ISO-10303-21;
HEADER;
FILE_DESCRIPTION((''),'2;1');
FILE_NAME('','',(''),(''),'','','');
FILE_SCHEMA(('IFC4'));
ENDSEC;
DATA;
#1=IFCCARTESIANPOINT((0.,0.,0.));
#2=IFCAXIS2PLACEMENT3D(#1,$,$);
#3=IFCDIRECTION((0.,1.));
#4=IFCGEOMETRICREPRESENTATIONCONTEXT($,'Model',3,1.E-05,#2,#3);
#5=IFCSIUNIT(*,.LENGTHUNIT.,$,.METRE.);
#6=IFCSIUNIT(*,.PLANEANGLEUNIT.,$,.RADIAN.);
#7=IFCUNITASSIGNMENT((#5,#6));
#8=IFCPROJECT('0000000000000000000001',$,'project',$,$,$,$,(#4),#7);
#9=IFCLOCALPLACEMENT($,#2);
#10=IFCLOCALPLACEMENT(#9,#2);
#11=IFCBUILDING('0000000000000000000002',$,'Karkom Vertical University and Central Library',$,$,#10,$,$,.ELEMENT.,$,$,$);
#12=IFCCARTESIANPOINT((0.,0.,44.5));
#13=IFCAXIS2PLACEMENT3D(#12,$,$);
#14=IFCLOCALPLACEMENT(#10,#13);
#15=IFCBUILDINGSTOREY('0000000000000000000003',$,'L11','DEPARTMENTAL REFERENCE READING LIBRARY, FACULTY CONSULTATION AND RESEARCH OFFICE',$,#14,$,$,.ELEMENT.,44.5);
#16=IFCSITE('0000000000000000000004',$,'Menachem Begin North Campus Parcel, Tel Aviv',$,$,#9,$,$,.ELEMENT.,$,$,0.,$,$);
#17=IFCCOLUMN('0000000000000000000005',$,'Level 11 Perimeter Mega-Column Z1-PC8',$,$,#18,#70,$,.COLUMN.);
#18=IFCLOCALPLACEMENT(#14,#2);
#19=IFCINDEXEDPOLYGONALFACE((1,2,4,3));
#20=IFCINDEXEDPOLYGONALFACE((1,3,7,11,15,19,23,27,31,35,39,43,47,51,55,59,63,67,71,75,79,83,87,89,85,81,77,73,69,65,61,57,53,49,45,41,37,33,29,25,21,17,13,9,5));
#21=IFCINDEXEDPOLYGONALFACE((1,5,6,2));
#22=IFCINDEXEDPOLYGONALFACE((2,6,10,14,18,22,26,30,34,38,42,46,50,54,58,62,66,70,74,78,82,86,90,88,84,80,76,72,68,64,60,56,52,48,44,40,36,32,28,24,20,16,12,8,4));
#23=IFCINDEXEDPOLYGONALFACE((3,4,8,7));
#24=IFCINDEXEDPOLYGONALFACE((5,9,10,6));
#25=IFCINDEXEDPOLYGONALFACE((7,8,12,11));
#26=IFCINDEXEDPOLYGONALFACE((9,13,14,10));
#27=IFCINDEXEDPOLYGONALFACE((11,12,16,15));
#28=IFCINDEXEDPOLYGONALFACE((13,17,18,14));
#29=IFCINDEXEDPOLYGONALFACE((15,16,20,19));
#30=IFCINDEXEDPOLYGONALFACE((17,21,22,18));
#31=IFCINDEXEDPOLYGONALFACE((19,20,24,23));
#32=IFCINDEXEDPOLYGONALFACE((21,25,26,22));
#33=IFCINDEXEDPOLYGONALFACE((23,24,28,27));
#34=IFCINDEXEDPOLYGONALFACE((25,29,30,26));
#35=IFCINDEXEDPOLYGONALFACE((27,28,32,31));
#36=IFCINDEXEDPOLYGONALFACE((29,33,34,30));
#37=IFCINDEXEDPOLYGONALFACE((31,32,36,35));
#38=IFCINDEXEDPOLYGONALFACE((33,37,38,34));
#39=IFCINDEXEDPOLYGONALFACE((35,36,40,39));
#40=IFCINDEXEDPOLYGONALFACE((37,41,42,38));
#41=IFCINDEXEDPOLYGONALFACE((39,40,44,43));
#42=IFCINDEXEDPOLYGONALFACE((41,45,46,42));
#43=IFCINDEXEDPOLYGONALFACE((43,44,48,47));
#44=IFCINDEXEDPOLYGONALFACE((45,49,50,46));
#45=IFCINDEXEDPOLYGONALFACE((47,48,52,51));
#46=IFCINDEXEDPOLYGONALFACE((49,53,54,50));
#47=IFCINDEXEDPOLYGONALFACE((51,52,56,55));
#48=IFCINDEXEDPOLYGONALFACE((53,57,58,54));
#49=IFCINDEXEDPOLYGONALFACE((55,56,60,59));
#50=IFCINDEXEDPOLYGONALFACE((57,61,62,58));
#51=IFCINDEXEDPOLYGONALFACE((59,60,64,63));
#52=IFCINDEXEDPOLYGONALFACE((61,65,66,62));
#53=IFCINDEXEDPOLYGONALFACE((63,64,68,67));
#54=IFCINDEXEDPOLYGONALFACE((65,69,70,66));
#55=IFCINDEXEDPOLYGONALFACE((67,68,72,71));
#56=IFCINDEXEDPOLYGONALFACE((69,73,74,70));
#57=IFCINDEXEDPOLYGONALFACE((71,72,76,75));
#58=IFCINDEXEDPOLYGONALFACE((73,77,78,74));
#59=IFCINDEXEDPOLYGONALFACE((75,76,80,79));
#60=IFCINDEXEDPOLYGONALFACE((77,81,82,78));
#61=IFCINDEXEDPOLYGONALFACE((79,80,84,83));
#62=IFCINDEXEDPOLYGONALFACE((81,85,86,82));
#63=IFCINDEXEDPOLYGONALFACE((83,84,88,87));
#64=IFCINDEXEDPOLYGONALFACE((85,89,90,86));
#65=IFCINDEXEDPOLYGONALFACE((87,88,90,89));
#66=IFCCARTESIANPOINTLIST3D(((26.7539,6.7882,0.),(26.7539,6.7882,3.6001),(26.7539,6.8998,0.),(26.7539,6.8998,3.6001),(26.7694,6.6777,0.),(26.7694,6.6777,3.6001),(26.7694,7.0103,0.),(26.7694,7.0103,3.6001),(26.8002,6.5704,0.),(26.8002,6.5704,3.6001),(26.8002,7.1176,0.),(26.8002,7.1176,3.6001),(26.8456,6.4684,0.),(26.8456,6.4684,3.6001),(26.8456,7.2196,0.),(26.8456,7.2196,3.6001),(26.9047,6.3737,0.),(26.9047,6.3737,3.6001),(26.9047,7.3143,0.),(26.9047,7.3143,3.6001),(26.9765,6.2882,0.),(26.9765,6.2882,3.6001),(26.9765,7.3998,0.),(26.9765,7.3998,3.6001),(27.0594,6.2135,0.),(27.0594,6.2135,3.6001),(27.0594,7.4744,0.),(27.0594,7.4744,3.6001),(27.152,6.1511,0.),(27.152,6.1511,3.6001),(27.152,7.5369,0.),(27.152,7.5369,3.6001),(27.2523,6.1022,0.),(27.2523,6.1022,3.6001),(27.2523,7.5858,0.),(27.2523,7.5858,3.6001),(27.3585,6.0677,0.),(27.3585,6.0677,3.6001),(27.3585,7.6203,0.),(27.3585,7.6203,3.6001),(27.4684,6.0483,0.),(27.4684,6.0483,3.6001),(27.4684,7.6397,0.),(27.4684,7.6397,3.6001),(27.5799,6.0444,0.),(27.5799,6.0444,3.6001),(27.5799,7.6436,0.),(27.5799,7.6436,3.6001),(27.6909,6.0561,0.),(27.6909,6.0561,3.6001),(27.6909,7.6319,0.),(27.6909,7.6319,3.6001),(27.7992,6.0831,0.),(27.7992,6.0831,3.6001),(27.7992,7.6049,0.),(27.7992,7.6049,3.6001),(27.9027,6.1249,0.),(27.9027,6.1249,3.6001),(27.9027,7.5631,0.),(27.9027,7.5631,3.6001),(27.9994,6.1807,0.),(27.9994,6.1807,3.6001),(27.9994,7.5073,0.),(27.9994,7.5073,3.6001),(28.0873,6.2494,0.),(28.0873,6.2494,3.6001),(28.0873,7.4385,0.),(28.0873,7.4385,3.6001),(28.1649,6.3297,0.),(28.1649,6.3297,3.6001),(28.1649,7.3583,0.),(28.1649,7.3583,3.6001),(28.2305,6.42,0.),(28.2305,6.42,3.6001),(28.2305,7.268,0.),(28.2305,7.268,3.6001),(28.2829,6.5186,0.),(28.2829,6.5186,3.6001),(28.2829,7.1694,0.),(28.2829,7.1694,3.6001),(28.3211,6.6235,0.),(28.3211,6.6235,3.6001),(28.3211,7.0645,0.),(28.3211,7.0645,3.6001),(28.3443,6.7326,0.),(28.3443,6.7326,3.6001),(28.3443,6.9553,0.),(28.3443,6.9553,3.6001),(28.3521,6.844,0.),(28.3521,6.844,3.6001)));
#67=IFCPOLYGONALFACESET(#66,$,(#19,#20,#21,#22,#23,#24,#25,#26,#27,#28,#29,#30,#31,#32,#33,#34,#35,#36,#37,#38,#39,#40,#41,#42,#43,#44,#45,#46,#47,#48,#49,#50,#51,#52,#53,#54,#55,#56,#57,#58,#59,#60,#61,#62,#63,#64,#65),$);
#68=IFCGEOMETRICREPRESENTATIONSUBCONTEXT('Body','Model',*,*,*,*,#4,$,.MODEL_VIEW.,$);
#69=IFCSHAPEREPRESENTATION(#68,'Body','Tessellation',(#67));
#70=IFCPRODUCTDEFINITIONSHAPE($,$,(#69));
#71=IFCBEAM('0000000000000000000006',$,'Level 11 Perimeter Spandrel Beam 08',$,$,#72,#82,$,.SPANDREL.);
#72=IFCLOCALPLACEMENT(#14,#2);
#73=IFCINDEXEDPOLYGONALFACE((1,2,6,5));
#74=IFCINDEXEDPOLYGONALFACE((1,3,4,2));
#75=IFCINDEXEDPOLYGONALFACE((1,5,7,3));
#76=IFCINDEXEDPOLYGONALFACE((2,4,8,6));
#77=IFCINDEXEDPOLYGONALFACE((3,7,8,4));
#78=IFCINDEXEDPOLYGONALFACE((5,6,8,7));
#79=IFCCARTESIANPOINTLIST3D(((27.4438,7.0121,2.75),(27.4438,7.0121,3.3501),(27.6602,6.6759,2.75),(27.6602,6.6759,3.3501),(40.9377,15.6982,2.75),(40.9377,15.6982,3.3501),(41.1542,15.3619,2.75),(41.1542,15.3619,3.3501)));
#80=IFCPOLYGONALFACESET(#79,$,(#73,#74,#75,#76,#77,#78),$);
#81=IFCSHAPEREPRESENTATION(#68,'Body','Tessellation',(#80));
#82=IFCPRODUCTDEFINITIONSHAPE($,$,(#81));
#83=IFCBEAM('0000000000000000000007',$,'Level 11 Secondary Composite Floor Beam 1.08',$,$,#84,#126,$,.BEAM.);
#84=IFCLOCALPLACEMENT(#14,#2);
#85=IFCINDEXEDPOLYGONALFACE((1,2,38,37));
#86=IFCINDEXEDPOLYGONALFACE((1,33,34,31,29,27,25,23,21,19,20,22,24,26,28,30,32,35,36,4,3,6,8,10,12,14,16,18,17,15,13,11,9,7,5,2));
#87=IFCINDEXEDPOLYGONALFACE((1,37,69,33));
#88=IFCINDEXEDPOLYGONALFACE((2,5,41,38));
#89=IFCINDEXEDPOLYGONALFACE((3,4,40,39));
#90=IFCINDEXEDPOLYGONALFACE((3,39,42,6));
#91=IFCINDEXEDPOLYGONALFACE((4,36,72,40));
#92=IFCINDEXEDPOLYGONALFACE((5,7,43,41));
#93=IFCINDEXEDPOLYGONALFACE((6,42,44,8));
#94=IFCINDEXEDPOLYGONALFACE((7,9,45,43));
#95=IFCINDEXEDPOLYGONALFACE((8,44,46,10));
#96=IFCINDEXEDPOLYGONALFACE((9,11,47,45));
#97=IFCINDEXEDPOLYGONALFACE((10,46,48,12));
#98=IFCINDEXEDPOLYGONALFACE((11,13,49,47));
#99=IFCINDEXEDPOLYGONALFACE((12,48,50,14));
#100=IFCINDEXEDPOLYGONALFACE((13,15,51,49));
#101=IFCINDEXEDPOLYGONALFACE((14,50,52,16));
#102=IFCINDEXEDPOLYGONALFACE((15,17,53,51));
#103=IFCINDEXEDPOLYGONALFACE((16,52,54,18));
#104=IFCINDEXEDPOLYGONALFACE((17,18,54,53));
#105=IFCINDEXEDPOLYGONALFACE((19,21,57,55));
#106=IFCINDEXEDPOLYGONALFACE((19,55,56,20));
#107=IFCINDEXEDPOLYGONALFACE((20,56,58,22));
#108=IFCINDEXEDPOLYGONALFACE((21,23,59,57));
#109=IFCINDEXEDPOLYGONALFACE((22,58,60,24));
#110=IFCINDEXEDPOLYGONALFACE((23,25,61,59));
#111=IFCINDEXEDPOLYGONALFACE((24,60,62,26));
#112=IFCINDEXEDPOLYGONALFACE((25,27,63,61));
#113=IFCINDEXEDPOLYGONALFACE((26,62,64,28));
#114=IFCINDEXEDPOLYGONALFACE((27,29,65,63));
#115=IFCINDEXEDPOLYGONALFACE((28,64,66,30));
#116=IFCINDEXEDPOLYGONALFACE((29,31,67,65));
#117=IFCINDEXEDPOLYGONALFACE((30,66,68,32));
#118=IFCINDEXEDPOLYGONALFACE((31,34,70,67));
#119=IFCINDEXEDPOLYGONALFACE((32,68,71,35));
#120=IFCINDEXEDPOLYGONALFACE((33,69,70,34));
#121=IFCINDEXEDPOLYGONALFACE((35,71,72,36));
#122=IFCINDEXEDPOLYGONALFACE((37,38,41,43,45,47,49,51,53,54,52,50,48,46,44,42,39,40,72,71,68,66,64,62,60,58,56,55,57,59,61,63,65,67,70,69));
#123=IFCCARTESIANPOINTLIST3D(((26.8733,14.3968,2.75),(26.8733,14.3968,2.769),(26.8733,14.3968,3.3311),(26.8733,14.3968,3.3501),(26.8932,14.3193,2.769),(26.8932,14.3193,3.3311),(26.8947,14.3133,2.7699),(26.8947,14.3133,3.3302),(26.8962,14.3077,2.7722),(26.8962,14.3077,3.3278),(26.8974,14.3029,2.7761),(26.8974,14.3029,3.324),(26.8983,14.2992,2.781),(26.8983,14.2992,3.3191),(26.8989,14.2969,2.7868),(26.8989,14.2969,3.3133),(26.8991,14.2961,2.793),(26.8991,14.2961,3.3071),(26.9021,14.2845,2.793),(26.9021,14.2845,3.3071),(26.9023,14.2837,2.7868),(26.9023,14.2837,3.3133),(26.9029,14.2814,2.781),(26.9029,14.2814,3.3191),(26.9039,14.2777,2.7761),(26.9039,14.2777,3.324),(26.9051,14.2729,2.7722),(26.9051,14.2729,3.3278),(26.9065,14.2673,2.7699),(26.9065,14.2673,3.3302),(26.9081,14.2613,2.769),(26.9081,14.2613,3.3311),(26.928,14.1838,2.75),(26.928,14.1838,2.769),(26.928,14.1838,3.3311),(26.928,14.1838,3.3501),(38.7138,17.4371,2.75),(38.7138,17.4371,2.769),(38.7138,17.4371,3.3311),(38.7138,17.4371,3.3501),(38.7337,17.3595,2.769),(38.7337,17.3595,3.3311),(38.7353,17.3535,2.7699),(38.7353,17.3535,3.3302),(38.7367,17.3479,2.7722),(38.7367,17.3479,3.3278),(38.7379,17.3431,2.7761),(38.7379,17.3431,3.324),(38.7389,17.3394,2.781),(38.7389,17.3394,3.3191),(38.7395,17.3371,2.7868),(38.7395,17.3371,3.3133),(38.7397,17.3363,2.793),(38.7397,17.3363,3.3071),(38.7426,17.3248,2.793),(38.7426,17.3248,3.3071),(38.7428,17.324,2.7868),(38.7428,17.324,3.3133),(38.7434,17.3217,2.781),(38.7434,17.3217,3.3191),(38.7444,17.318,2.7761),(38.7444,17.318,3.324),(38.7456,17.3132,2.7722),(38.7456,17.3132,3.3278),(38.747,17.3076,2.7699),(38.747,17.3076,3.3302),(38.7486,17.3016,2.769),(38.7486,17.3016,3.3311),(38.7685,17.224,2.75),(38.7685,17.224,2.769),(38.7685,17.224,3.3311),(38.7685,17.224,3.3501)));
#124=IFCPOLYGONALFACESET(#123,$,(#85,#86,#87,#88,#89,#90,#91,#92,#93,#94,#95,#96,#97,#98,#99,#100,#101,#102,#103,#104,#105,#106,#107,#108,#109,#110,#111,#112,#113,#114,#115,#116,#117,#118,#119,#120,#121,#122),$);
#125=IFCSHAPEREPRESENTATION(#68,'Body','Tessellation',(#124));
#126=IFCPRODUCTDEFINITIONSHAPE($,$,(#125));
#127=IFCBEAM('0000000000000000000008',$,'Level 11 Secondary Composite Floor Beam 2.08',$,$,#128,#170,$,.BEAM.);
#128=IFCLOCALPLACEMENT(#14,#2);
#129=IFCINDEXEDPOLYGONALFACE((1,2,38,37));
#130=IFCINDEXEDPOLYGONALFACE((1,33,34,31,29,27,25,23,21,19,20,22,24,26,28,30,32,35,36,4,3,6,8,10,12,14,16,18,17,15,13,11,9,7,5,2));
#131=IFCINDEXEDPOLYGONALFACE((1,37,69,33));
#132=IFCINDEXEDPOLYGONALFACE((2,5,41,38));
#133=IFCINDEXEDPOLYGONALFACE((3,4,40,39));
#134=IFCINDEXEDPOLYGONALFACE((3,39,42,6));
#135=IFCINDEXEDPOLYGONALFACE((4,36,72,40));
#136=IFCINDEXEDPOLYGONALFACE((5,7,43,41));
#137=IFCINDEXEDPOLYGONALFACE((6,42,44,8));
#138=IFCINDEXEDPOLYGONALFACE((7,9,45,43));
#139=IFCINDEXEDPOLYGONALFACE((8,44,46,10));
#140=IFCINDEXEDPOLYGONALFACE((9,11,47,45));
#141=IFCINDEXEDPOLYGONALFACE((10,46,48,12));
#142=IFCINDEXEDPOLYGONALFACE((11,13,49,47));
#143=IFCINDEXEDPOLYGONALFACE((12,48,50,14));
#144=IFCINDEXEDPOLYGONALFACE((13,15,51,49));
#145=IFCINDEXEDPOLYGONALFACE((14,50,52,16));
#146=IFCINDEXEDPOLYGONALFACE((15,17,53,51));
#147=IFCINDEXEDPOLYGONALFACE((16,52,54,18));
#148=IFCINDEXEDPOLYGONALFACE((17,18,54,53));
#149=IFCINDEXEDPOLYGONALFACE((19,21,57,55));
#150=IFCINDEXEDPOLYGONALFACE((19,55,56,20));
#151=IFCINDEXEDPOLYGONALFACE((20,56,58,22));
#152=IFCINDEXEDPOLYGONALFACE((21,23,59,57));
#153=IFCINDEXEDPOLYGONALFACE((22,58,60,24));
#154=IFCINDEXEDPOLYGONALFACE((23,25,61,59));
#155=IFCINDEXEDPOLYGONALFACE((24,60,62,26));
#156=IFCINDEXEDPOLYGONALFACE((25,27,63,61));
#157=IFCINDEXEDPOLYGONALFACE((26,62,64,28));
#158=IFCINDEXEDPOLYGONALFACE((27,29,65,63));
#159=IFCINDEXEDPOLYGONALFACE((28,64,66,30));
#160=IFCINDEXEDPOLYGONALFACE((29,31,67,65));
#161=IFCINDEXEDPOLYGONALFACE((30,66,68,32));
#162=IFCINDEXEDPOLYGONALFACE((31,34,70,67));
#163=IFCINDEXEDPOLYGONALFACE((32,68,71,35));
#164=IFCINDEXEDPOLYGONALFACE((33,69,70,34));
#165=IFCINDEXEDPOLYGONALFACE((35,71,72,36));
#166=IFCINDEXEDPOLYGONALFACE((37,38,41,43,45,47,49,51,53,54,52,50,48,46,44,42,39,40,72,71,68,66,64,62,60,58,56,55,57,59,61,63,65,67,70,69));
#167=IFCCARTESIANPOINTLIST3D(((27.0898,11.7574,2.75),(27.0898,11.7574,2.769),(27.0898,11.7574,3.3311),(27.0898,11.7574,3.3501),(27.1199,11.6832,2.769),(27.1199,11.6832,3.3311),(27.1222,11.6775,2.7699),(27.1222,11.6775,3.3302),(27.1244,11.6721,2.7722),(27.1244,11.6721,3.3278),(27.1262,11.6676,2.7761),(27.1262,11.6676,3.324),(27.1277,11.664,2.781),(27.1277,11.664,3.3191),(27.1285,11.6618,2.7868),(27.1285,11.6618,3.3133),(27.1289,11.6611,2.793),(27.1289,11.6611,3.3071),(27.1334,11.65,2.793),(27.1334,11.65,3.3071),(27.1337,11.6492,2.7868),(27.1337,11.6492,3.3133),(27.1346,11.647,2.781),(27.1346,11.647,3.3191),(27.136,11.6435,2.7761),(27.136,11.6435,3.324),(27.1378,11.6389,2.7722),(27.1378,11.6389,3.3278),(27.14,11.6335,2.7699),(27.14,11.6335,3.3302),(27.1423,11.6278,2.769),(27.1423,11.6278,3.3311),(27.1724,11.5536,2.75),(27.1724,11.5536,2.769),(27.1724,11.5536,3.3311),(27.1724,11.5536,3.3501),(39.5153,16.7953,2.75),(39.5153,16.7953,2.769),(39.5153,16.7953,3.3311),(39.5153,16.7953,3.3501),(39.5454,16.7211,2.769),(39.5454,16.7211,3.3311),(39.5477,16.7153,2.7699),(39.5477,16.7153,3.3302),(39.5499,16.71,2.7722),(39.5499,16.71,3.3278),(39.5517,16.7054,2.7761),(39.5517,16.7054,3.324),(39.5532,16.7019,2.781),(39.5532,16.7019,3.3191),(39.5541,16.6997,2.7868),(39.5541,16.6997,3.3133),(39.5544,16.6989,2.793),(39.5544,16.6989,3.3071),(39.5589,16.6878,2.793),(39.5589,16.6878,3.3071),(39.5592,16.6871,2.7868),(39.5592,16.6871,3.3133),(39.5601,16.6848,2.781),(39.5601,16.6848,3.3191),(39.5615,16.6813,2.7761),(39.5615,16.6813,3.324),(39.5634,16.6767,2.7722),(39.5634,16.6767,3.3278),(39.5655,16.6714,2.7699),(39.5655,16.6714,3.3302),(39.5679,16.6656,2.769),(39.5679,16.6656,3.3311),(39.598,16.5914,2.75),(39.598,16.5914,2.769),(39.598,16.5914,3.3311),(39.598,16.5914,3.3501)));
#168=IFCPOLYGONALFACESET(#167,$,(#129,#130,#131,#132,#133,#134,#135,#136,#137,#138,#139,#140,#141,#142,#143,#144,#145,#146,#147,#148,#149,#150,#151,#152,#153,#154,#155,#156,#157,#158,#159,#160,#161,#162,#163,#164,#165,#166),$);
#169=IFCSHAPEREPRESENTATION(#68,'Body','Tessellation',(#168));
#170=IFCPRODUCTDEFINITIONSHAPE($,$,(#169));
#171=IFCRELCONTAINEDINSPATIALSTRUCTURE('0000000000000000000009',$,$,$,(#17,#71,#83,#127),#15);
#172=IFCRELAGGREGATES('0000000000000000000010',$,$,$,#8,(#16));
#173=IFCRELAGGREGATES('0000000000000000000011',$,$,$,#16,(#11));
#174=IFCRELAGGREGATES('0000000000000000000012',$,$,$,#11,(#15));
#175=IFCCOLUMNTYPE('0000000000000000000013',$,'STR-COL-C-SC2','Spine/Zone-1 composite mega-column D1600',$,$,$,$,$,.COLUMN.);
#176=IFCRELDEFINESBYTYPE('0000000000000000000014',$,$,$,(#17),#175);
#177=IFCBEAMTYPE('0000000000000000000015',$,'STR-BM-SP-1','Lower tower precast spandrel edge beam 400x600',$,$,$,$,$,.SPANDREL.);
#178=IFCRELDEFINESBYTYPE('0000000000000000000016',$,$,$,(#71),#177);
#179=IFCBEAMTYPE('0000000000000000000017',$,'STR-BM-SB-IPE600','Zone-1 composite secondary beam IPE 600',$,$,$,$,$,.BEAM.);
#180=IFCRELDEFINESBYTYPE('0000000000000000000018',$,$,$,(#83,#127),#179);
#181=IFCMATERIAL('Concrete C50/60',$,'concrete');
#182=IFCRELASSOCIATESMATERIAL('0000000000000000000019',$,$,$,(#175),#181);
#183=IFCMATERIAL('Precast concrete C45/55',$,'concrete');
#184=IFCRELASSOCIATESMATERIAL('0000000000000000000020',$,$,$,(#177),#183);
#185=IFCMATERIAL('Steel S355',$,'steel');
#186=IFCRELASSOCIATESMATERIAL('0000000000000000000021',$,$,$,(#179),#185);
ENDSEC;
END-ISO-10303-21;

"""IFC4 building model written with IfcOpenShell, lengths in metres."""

from ifc_helpers import new_model, si_unit, direction, frame, origin, origin_with_axes, origin_2d, place, context, subcontext, project, spatial, rectangle, circle, i_section, extrude, source, transform, mapped, material, material_profile, profile_set, type_object, element, save


model = new_model("IFC4")

# Units and contexts
model_context = context("Model", 3, precision=1e-05, world=origin(), true_north=direction((0.0, 1.0)))
body_context = subcontext(model_context, "Body", "Model", "MODEL_VIEW")
ifc_project = project(units=[si_unit("LENGTHUNIT", "METRE"), si_unit("PLANEANGLEUNIT", "RADIAN")], contexts=[model_context])

# Site, building, storey
site_placement = place(None, origin())
site = spatial("IfcSite", under=ifc_project, at=site_placement, Name="Menachem Begin North Campus Parcel, Tel Aviv", CompositionType="ELEMENT", RefElevation=0.0)
building_placement = place(site_placement, origin())
building = spatial("IfcBuilding", under=site, at=building_placement, Name="Karkom Vertical University and Central Library", CompositionType="ELEMENT")
storey_placement = place(building_placement, frame((0.0, 0.0, 44.5)))
storey = spatial("IfcBuildingStorey", under=building, at=storey_placement, Name="L11", Description="DEPARTMENTAL REFERENCE READING LIBRARY, FACULTY CONSULTATION AND RESEARCH OFFICE", CompositionType="ELEMENT", Elevation=44.5)

# Column
ifc_material_1 = material(Name="Concrete C50/60", Category="concrete")
ifc_material_profile_1 = material_profile(ifc_material_1, circle(Radius=0.8, at=origin_2d()), Name="CFT-D1600")
ifc_profile_set_1 = profile_set([ifc_material_profile_1], Name="Concrete C50/60")
column_type = type_object("IfcColumnType", Name="STR-COL-C-SC2", Description="Spine/Zone-1 composite mega-column D1600", PredefinedType="COLUMN", material=ifc_profile_set_1)
shared_shape_1 = source(origin_with_axes(), body_context, "Body", "SweptSolid", [
    extrude(circle(Radius=0.8, at=origin_2d()), origin(), (0.0, 0.0, 1.0), 3.6001),
])
column_placement = place(storey_placement, frame((27.552, 6.844, 0.0), z_axis=(0.0, 0.0, 1.0), x_axis=(1.0, 0.0, 0.0)))
element("IfcColumn", 1, at=column_placement, inside=storey, type_object=column_type, Name="Level 11 Perimeter Mega-Column Z1-PC8", PredefinedType="COLUMN", context=body_context, shape_type="MappedRepresentation", body=[
    mapped(shared_shape_1, transform((0.0, 0.0, 0.0), scale=1.0)),
])

# Beams
ifc_material_2 = material(Name="Precast concrete C45/55", Category="concrete")
ifc_material_profile_2 = material_profile(ifc_material_2, rectangle(XDim=0.3999, YDim=0.6001, at=origin_2d()), Name="SPB-400x600")
ifc_profile_set_2 = profile_set([ifc_material_profile_2], Name="Precast concrete C45/55")
beam_type_1 = type_object("IfcBeamType", Name="STR-BM-SP-1", Description="Lower tower precast spandrel edge beam 400x600", PredefinedType="SPANDREL", material=ifc_profile_set_2)
shared_shape_2 = source(origin_with_axes(), body_context, "Body", "SweptSolid", [
    extrude(rectangle(XDim=0.3999, YDim=0.6001, at=origin_2d()), origin(), (0.0, 0.0, 1.0), 16.0479),
])
beam_1_placement = place(storey_placement, frame((27.552, 6.844, 3.05), z_axis=(0.840856, 0.54126, 0.0), x_axis=(-0.54126, 0.840856, 0.0)))
element("IfcBeam", 2, at=beam_1_placement, inside=storey, type_object=beam_type_1, Name="Level 11 Perimeter Spandrel Beam 08", PredefinedType="SPANDREL", context=body_context, shape_type="MappedRepresentation", body=[
    mapped(shared_shape_2, transform((0.0, 0.0, 0.0), scale=1.0)),
])
ifc_material_3 = material(Name="Steel S355", Category="steel")
ifc_material_profile_3 = material_profile(ifc_material_3, i_section(OverallWidth=0.22, OverallDepth=0.6001, WebThickness=0.012, FlangeThickness=0.019, FilletRadius=0.0239, at=origin_2d()), Name="IPE 600")
ifc_profile_set_3 = profile_set([ifc_material_profile_3], Name="Steel S355")
beam_type_2 = type_object("IfcBeamType", Name="STR-BM-SB-IPE600", Description="Zone-1 composite secondary beam IPE 600", PredefinedType="BEAM", material=ifc_profile_set_3)
shared_shape_3 = source(origin_with_axes(), body_context, "Body", "SweptSolid", [
    extrude(i_section(OverallWidth=0.22, OverallDepth=0.6001, WebThickness=0.012, FlangeThickness=0.019, FilletRadius=0.0239, at=origin_2d()), origin(), (0.0, 0.0, 1.0), 12.2246),
])
beam_2_placement = place(storey_placement, frame((26.9006, 14.2903, 3.05), z_axis=(0.96858, 0.248701, 0.0), x_axis=(-0.248701, 0.96858, 0.0)))
element("IfcBeam", 3, at=beam_2_placement, inside=storey, type_object=beam_type_2, Name="Level 11 Secondary Composite Floor Beam 1.08", PredefinedType="BEAM", context=body_context, shape_type="MappedRepresentation", body=[
    mapped(shared_shape_3, transform((0.0, 0.0, 0.0), scale=1.0)),
])
shared_shape_4 = source(origin_with_axes(), body_context, "Body", "SweptSolid", [
    extrude(i_section(OverallWidth=0.22, OverallDepth=0.6001, WebThickness=0.012, FlangeThickness=0.019, FilletRadius=0.0239, at=origin_2d()), origin(), (0.0, 0.0, 1.0), 13.408),
])
beam_3_placement = place(storey_placement, frame((27.1311, 11.6555, 3.05), z_axis=(0.926727, 0.375735, 0.0), x_axis=(-0.375735, 0.926727, 0.0)))
element("IfcBeam", 4, at=beam_3_placement, inside=storey, type_object=beam_type_2, Name="Level 11 Secondary Composite Floor Beam 2.08", PredefinedType="BEAM", context=body_context, shape_type="MappedRepresentation", body=[
    mapped(shared_shape_4, transform((0.0, 0.0, 0.0), scale=1.0)),
])

save(model, "model.ifc")
